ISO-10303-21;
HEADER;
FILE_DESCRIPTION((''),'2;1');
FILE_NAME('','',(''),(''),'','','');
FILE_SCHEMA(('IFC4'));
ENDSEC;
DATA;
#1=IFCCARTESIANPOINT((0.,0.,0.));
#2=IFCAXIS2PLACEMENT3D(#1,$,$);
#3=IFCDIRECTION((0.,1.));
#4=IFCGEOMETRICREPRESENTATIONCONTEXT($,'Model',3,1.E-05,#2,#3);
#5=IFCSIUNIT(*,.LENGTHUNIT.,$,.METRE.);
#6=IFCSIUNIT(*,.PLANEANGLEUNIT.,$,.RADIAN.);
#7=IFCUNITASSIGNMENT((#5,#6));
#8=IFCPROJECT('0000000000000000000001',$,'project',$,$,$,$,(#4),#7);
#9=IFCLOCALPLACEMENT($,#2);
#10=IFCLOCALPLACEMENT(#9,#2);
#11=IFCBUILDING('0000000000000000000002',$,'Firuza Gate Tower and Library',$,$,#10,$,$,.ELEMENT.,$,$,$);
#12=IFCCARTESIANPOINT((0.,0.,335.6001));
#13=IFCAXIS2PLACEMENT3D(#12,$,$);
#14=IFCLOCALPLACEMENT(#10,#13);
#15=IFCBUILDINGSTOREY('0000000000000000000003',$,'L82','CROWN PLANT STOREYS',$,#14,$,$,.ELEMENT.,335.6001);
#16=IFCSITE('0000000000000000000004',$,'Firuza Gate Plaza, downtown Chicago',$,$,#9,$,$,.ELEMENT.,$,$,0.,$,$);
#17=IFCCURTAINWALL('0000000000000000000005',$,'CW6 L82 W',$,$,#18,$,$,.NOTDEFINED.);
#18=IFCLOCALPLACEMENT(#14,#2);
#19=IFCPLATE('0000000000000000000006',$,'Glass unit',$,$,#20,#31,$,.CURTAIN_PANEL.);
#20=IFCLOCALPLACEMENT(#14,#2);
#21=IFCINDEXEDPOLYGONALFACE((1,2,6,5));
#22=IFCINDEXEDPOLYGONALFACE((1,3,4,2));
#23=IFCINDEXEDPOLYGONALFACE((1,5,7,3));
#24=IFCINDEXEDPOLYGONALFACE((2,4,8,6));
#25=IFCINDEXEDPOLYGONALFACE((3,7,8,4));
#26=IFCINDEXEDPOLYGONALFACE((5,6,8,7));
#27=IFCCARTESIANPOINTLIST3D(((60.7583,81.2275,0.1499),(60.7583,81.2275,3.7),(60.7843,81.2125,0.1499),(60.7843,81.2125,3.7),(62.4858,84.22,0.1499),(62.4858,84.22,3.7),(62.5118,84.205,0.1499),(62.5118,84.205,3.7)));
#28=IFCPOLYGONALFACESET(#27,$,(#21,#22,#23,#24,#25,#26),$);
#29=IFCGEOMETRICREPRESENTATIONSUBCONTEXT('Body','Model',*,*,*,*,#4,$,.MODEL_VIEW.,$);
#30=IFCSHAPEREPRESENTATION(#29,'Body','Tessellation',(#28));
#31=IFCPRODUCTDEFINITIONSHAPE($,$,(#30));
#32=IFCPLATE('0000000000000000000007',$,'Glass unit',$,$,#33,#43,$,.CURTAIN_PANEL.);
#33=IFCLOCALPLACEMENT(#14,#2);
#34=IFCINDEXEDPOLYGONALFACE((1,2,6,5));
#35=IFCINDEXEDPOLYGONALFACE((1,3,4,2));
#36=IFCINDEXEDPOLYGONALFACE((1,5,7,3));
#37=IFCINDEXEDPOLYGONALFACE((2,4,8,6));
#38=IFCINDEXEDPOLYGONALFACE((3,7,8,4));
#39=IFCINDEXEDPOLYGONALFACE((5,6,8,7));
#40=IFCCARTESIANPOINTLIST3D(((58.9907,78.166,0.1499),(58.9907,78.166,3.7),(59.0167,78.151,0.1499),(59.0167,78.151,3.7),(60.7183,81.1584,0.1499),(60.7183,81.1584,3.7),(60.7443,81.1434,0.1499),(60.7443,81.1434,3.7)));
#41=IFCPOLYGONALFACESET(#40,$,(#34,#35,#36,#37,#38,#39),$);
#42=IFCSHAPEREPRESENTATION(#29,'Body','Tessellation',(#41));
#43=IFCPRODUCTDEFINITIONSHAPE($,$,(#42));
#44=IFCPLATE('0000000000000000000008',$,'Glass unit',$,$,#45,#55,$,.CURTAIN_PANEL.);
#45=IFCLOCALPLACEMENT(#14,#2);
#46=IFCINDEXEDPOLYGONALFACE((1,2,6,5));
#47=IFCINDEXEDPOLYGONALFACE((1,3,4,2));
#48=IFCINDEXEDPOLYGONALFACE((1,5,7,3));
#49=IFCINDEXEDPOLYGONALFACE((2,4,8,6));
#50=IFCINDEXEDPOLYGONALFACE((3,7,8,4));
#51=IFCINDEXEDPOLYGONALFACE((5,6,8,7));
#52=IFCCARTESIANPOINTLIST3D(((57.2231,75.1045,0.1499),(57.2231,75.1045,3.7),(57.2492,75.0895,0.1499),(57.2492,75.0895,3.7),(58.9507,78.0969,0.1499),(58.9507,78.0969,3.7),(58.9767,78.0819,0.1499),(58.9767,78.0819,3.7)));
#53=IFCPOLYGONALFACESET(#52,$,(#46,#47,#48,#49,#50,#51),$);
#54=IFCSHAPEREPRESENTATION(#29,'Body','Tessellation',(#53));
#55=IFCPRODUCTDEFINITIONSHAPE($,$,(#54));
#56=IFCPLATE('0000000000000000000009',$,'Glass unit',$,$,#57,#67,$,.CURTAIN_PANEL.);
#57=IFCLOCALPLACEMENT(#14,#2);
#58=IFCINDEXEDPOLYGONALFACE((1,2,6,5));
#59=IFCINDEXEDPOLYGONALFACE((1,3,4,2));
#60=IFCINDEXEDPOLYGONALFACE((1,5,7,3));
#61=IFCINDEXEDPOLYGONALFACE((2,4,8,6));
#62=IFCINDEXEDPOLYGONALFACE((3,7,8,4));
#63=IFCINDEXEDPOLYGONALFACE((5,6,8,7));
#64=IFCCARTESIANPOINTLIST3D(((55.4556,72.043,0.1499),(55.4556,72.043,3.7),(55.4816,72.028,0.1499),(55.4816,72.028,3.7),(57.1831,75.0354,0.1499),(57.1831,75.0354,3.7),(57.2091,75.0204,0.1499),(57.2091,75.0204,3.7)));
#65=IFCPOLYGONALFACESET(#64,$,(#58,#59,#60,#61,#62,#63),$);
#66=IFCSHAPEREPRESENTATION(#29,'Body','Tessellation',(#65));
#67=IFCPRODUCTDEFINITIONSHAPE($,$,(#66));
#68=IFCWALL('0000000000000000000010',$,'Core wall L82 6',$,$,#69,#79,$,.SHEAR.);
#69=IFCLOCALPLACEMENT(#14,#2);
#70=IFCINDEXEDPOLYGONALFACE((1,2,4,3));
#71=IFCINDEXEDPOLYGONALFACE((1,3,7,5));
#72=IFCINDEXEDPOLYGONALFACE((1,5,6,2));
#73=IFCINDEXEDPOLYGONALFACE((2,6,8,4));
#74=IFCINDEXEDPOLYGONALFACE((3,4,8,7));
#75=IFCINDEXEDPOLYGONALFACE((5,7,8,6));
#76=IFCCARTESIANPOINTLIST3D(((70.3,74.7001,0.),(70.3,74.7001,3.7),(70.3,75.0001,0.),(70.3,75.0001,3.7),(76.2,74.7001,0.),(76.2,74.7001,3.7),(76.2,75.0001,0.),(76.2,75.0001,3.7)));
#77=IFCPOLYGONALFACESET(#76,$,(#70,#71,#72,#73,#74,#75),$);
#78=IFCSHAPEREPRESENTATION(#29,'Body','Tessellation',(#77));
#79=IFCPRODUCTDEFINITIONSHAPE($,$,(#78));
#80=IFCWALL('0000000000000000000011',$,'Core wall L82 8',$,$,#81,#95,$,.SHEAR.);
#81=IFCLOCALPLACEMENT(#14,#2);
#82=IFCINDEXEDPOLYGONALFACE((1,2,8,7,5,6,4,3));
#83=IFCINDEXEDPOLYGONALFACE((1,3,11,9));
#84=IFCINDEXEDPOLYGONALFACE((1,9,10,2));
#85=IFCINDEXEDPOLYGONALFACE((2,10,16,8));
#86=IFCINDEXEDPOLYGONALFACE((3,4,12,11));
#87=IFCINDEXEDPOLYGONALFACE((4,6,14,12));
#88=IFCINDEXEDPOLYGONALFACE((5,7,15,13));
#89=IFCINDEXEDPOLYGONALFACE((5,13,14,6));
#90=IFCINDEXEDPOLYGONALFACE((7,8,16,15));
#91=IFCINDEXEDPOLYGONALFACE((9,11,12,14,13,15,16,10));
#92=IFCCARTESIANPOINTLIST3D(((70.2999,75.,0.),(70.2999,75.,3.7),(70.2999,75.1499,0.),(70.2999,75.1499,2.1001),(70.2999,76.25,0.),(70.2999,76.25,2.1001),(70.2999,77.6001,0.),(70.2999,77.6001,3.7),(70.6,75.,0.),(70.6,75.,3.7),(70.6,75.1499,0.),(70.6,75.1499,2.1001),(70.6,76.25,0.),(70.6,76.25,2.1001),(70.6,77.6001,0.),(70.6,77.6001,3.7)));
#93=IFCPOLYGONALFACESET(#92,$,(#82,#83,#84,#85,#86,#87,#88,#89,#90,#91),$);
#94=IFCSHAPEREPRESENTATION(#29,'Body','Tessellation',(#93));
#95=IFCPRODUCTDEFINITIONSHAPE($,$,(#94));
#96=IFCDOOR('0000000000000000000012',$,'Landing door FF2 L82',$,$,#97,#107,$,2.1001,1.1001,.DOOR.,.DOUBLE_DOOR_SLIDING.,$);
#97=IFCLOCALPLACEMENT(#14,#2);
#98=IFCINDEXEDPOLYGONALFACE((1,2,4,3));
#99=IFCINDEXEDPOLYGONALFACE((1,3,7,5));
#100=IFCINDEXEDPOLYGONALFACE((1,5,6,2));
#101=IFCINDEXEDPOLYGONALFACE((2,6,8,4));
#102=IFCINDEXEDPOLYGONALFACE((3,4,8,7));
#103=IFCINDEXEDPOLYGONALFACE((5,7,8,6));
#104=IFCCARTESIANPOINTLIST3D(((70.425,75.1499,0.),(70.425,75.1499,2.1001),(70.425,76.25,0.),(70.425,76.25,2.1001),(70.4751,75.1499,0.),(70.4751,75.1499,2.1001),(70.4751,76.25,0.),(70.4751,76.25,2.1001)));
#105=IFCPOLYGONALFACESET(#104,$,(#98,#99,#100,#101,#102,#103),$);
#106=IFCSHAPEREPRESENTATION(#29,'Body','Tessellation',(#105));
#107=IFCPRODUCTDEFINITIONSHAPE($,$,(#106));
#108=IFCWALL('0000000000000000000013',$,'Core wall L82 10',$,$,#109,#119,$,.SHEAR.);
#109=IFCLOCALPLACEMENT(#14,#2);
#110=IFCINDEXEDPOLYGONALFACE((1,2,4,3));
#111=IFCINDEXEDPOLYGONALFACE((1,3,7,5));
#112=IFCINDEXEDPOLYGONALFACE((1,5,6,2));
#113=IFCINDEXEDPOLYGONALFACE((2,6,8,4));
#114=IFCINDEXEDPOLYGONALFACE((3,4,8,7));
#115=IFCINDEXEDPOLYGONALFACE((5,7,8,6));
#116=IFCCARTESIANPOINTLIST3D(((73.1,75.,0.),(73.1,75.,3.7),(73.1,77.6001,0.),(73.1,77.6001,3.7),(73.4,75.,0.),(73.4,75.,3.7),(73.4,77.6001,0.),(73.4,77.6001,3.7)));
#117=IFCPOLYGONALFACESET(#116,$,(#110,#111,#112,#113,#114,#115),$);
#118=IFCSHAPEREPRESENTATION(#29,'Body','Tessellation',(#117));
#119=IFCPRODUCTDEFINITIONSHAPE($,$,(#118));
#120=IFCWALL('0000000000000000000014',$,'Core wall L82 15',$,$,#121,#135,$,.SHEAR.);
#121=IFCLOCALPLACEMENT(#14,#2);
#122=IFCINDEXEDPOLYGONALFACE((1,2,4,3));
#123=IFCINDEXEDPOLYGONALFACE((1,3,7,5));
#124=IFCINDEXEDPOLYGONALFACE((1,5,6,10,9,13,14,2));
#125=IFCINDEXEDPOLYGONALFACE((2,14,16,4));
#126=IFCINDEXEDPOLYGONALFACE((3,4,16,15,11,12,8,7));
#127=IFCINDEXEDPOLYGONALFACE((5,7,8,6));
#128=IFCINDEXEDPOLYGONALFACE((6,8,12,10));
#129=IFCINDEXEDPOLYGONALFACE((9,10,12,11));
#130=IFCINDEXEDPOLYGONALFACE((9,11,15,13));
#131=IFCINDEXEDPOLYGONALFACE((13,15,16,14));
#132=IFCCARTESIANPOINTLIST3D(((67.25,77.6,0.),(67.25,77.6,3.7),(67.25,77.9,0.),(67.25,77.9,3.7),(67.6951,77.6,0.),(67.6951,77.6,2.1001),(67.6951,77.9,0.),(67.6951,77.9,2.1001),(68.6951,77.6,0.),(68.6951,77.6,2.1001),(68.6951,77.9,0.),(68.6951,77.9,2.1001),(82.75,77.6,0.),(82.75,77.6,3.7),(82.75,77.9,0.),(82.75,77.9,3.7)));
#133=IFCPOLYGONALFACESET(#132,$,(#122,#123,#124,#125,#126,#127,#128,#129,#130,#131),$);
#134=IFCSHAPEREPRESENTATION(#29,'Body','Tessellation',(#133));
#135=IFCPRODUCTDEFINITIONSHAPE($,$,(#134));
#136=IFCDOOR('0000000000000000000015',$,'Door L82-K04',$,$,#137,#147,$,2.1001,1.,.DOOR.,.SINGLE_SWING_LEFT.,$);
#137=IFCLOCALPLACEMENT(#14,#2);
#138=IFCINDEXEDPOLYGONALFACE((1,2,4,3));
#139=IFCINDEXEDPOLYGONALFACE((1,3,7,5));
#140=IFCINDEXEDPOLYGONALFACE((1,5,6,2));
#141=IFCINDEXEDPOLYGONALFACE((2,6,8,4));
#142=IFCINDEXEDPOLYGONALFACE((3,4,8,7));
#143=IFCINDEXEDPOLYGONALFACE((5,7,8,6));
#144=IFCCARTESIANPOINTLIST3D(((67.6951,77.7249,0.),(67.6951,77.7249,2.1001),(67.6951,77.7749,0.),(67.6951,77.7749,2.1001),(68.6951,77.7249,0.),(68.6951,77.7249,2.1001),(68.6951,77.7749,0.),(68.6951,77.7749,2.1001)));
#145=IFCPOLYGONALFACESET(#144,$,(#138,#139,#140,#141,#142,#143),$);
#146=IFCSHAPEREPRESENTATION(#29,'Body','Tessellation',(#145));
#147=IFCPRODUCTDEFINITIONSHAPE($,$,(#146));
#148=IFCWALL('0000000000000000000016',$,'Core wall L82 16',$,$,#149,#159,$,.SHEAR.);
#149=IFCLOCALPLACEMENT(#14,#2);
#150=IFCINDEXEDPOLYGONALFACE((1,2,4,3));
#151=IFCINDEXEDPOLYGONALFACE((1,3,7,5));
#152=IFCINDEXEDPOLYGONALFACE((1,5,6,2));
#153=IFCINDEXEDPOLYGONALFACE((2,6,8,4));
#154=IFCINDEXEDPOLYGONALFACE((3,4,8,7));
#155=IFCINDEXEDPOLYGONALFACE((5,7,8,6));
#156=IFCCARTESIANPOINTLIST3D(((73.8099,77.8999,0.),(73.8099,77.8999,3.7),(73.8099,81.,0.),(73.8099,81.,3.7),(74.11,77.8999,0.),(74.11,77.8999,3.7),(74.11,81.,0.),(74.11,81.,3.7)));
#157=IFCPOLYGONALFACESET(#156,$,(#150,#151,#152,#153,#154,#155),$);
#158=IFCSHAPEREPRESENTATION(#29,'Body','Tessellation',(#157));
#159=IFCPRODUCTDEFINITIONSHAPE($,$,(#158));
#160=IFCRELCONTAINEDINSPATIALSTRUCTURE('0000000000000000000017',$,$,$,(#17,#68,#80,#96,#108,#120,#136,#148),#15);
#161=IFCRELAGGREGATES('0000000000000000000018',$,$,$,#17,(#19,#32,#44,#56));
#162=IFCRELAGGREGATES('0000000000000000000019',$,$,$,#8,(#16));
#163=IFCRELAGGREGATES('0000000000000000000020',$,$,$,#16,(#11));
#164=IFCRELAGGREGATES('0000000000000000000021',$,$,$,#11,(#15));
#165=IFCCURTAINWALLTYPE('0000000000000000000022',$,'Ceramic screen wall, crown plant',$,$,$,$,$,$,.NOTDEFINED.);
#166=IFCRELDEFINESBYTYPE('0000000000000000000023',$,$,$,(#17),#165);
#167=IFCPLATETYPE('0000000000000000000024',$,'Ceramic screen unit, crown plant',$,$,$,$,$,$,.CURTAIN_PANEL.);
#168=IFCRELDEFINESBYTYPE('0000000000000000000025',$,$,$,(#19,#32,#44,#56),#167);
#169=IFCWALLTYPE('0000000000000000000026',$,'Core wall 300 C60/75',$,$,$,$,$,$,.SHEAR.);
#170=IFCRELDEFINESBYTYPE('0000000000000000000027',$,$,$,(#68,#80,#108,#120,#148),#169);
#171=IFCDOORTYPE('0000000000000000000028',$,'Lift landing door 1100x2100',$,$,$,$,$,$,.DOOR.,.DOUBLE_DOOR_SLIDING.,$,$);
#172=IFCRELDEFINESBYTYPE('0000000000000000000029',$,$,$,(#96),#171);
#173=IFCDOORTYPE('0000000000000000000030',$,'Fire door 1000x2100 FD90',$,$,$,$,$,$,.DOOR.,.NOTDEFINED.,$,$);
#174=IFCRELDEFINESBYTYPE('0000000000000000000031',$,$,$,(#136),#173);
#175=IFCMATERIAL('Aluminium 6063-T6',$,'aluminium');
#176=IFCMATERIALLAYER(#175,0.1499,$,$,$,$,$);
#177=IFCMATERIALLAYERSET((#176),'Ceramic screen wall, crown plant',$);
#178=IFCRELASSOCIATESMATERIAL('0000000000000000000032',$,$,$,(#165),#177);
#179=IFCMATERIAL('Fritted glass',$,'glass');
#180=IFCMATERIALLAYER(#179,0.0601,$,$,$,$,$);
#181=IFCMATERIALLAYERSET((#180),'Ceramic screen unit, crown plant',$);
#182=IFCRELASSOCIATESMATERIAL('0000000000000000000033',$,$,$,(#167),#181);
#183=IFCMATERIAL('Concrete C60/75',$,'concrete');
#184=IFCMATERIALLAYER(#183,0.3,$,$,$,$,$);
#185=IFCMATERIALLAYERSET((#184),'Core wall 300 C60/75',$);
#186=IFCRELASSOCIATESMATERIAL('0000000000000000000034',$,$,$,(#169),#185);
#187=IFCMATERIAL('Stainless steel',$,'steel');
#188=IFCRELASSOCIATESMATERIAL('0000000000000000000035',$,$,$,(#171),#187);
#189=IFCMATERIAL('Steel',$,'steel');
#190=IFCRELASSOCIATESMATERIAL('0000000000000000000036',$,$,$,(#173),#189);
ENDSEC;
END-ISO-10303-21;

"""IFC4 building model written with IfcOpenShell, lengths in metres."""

from ifc_helpers import new_model, si_unit, direction, frame, frame_2d, origin, place, context, subcontext, project, spatial, polyline, rectangle, outline, extrude, material, layer, layer_set, type_object, element, fill, aggregate, save


model = new_model("IFC4")

# Units and contexts
model_context = context("Model", 3, precision=1e-05, world=origin(), true_north=direction((0.0, 1.0)))
body_context = subcontext(model_context, "Body", "Model", "MODEL_VIEW")
ifc_project = project(units=[si_unit("LENGTHUNIT", "METRE"), si_unit("PLANEANGLEUNIT", "RADIAN")], contexts=[model_context])

# Site, building, storey
site_placement = place(None, origin())
site = spatial("IfcSite", under=ifc_project, at=site_placement, Name="Firuza Gate Plaza, downtown Chicago", CompositionType="ELEMENT", RefElevation=0.0)
building_placement = place(site_placement, origin())
building = spatial("IfcBuilding", under=site, at=building_placement, Name="Firuza Gate Tower and Library", CompositionType="ELEMENT")
storey_placement = place(building_placement, frame((0.0, 0.0, 335.6001)))
storey = spatial("IfcBuildingStorey", under=building, at=storey_placement, Name="L82", Description="CROWN PLANT STOREYS", CompositionType="ELEMENT", Elevation=335.6001)

# Curtain wall
ifc_material_1 = material(Name="Aluminium 6063-T6", Category="aluminium")
ifc_layer_1 = layer(ifc_material_1, 0.1499)
ifc_layer_set_1 = layer_set([ifc_layer_1], Name="Ceramic screen wall, crown plant")
curtain_wall_type = type_object("IfcCurtainWallType", Name="Ceramic screen wall, crown plant", PredefinedType="NOTDEFINED", material=ifc_layer_set_1)
placement = place(storey_placement, origin())
curtain_wall = element("IfcCurtainWall", 1, at=placement, inside=storey, type_object=curtain_wall_type, Name="CW6 L82 W", PredefinedType="NOTDEFINED")

# Plates
ifc_material_2 = material(Name="Fritted glass", Category="glass")
ifc_layer_2 = layer(ifc_material_2, 0.0601)
ifc_layer_set_2 = layer_set([ifc_layer_2], Name="Ceramic screen unit, crown plant")
plate_type = type_object("IfcPlateType", Name="Ceramic screen unit, crown plant", PredefinedType="CURTAIN_PANEL", material=ifc_layer_set_2)
plate_1_placement = place(storey_placement, frame((62.4858, 84.22, 0.1499), z_axis=(-0.866043, 0.499969, 0.0), x_axis=(-0.499969, -0.866043, 0.0)))
plate_1 = element("IfcPlate", 2, at=plate_1_placement, type_object=plate_type, Name="Glass unit", PredefinedType="CURTAIN_PANEL", context=body_context, shape_type="SweptSolid", body=[
    extrude(outline(polyline([(0.0, 0.0), (3.4553, 0.0), (3.4553, 3.55), (0.0, 3.55), (0.0, 0.0)])), origin(), (0.0, 0.0, -1.0), 0.03),
])
plate_2_placement = place(storey_placement, frame((60.7183, 81.1584, 0.1499), z_axis=(-0.866043, 0.499969, 0.0), x_axis=(-0.499969, -0.866043, 0.0)))
plate_2 = element("IfcPlate", 3, at=plate_2_placement, type_object=plate_type, Name="Glass unit", PredefinedType="CURTAIN_PANEL", context=body_context, shape_type="SweptSolid", body=[
    extrude(outline(polyline([(0.0, 0.0), (3.4553, 0.0), (3.4553, 3.55), (0.0, 3.55), (0.0, 0.0)])), origin(), (0.0, 0.0, -1.0), 0.03),
])
plate_3_placement = place(storey_placement, frame((58.9507, 78.0969, 0.1499), z_axis=(-0.866043, 0.499969, 0.0), x_axis=(-0.499969, -0.866043, 0.0)))
plate_3 = element("IfcPlate", 4, at=plate_3_placement, type_object=plate_type, Name="Glass unit", PredefinedType="CURTAIN_PANEL", context=body_context, shape_type="SweptSolid", body=[
    extrude(outline(polyline([(0.0, 0.0), (3.4553, 0.0), (3.4553, 3.55), (0.0, 3.55), (0.0, 0.0)])), origin(), (0.0, 0.0, -1.0), 0.03),
])
plate_4_placement = place(storey_placement, frame((57.1831, 75.0354, 0.1499), z_axis=(-0.866043, 0.499969, 0.0), x_axis=(-0.499969, -0.866043, 0.0)))
plate_4 = element("IfcPlate", 5, at=plate_4_placement, type_object=plate_type, Name="Glass unit", PredefinedType="CURTAIN_PANEL", context=body_context, shape_type="SweptSolid", body=[
    extrude(outline(polyline([(0.0, 0.0), (3.4553, 0.0), (3.4553, 3.55), (0.0, 3.55), (0.0, 0.0)])), origin(), (0.0, 0.0, -1.0), 0.03),
])
aggregate(curtain_wall, [plate_1, plate_2, plate_3, plate_4])

# Wall
ifc_material_3 = material(Name="Concrete C60/75", Category="concrete")
ifc_layer_3 = layer(ifc_material_3, 0.3)
ifc_layer_set_3 = layer_set([ifc_layer_3], Name="Core wall 300 C60/75")
wall_type_1 = type_object("IfcWallType", Name="Core wall 300 C60/75", PredefinedType="SHEAR", material=ifc_layer_set_3)
wall_1_placement = place(storey_placement, frame((70.3, 74.8501, 0.0), z_axis=(0.0, 0.0, 1.0), x_axis=(1.0, 0.0, 0.0)))
element("IfcWall", 6, at=wall_1_placement, inside=storey, type_object=wall_type_1, Name="Core wall L82 6", PredefinedType="SHEAR", context=body_context, shape_type="SweptSolid", body=[
    extrude(rectangle(XDim=5.8999, YDim=0.3, at=frame_2d((2.95, 0.0))), origin(), (0.0, 0.0, 1.0), 3.7),
])

# Wall, opening, door
wall_2_placement = place(storey_placement, frame((70.45, 75.0, 0.0), z_axis=(0.0, 0.0, 1.0), x_axis=(0.0, 1.0, 0.0)))
wall_2 = element("IfcWall", 7, at=wall_2_placement, inside=storey, type_object=wall_type_1, Name="Core wall L82 8", PredefinedType="SHEAR", context=body_context, shape_type="SweptSolid", body=[
    extrude(rectangle(XDim=2.6001, YDim=0.3, at=frame_2d((1.3, 0.0))), origin(), (0.0, 0.0, 1.0), 3.7),
])
opening_1_placement = place(wall_2_placement, frame((0.1499, 0.0, 0.0)))
opening_1 = element("IfcOpeningElement", 8, at=opening_1_placement, cuts=wall_2, PredefinedType="OPENING", context=body_context, shape_type="SweptSolid", body=[
    extrude(rectangle(XDim=1.1001, YDim=2.1001, at=frame_2d((0.55, 1.05))), frame((0.0, 0.1602, 0.0), z_axis=(0.0, -1.0, 0.0), x_axis=(1.0, 0.0, 0.0)), (0.0, 0.0, 1.0), 0.3201),
])
ifc_material_4 = material(Name="Stainless steel", Category="steel")
door_type_1 = type_object("IfcDoorType", Name="Lift landing door 1100x2100", OperationType="DOUBLE_DOOR_SLIDING", PredefinedType="DOOR", material=ifc_material_4)
door_1_placement = place(opening_1_placement, origin())
door_1 = element("IfcDoor", 9, at=door_1_placement, inside=storey, type_object=door_type_1, Name="Landing door FF2 L82", OperationType="DOUBLE_DOOR_SLIDING", OverallHeight=2.1001, OverallWidth=1.1001, PredefinedType="DOOR", context=body_context, shape_type="SweptSolid", body=[
    extrude(rectangle(XDim=1.1001, YDim=2.1001, at=frame_2d((0.55, 1.05))), frame((0.0, 0.0249, 0.0), z_axis=(0.0, -1.0, 0.0), x_axis=(1.0, 0.0, 0.0)), (0.0, 0.0, 1.0), 0.05),
])
fill(opening_1, door_1)

# Wall
wall_3_placement = place(storey_placement, frame((73.25, 75.0, 0.0), z_axis=(0.0, 0.0, 1.0), x_axis=(0.0, 1.0, 0.0)))
element("IfcWall", 10, at=wall_3_placement, inside=storey, type_object=wall_type_1, Name="Core wall L82 10", PredefinedType="SHEAR", context=body_context, shape_type="SweptSolid", body=[
    extrude(rectangle(XDim=2.6001, YDim=0.3, at=frame_2d((1.3, 0.0))), origin(), (0.0, 0.0, 1.0), 3.7),
])

# Wall, opening, door
wall_4_placement = place(storey_placement, frame((67.25, 77.75, 0.0), z_axis=(0.0, 0.0, 1.0), x_axis=(1.0, 0.0, 0.0)))
wall_4 = element("IfcWall", 11, at=wall_4_placement, inside=storey, type_object=wall_type_1, Name="Core wall L82 15", PredefinedType="SHEAR", context=body_context, shape_type="SweptSolid", body=[
    extrude(rectangle(XDim=15.5, YDim=0.3, at=frame_2d((7.75, 0.0))), origin(), (0.0, 0.0, 1.0), 3.7),
])
opening_2_placement = place(wall_4_placement, frame((0.4451, 0.0, 0.0)))
opening_2 = element("IfcOpeningElement", 12, at=opening_2_placement, cuts=wall_4, PredefinedType="OPENING", context=body_context, shape_type="SweptSolid", body=[
    extrude(rectangle(XDim=1.0, YDim=2.1001, at=frame_2d((0.5, 1.05))), frame((0.0, 0.1602, 0.0), z_axis=(0.0, -1.0, 0.0), x_axis=(1.0, 0.0, 0.0)), (0.0, 0.0, 1.0), 0.3201),
])
ifc_material_5 = material(Name="Steel", Category="steel")
door_type_2 = type_object("IfcDoorType", Name="Fire door 1000x2100 FD90", OperationType="NOTDEFINED", PredefinedType="DOOR", material=ifc_material_5)
door_2_placement = place(opening_2_placement, origin())
door_2 = element("IfcDoor", 13, at=door_2_placement, inside=storey, type_object=door_type_2, Name="Door L82-K04", OperationType="SINGLE_SWING_LEFT", OverallHeight=2.1001, OverallWidth=1.0, PredefinedType="DOOR", context=body_context, shape_type="SweptSolid", body=[
    extrude(rectangle(XDim=1.0, YDim=2.1001, at=frame_2d((0.5, 1.05))), frame((0.0, 0.0249, 0.0), z_axis=(0.0, -1.0, 0.0), x_axis=(1.0, 0.0, 0.0)), (0.0, 0.0, 1.0), 0.05),
])
fill(opening_2, door_2)

# Wall
wall_5_placement = place(storey_placement, frame((73.96, 77.8999, 0.0), z_axis=(0.0, 0.0, 1.0), x_axis=(0.0, 1.0, 0.0)))
element("IfcWall", 14, at=wall_5_placement, inside=storey, type_object=wall_type_1, Name="Core wall L82 16", PredefinedType="SHEAR", context=body_context, shape_type="SweptSolid", body=[
    extrude(rectangle(XDim=3.1001, YDim=0.3, at=frame_2d((1.55, 0.0))), origin(), (0.0, 0.0, 1.0), 3.7),
])

save(model, "model.ifc")
